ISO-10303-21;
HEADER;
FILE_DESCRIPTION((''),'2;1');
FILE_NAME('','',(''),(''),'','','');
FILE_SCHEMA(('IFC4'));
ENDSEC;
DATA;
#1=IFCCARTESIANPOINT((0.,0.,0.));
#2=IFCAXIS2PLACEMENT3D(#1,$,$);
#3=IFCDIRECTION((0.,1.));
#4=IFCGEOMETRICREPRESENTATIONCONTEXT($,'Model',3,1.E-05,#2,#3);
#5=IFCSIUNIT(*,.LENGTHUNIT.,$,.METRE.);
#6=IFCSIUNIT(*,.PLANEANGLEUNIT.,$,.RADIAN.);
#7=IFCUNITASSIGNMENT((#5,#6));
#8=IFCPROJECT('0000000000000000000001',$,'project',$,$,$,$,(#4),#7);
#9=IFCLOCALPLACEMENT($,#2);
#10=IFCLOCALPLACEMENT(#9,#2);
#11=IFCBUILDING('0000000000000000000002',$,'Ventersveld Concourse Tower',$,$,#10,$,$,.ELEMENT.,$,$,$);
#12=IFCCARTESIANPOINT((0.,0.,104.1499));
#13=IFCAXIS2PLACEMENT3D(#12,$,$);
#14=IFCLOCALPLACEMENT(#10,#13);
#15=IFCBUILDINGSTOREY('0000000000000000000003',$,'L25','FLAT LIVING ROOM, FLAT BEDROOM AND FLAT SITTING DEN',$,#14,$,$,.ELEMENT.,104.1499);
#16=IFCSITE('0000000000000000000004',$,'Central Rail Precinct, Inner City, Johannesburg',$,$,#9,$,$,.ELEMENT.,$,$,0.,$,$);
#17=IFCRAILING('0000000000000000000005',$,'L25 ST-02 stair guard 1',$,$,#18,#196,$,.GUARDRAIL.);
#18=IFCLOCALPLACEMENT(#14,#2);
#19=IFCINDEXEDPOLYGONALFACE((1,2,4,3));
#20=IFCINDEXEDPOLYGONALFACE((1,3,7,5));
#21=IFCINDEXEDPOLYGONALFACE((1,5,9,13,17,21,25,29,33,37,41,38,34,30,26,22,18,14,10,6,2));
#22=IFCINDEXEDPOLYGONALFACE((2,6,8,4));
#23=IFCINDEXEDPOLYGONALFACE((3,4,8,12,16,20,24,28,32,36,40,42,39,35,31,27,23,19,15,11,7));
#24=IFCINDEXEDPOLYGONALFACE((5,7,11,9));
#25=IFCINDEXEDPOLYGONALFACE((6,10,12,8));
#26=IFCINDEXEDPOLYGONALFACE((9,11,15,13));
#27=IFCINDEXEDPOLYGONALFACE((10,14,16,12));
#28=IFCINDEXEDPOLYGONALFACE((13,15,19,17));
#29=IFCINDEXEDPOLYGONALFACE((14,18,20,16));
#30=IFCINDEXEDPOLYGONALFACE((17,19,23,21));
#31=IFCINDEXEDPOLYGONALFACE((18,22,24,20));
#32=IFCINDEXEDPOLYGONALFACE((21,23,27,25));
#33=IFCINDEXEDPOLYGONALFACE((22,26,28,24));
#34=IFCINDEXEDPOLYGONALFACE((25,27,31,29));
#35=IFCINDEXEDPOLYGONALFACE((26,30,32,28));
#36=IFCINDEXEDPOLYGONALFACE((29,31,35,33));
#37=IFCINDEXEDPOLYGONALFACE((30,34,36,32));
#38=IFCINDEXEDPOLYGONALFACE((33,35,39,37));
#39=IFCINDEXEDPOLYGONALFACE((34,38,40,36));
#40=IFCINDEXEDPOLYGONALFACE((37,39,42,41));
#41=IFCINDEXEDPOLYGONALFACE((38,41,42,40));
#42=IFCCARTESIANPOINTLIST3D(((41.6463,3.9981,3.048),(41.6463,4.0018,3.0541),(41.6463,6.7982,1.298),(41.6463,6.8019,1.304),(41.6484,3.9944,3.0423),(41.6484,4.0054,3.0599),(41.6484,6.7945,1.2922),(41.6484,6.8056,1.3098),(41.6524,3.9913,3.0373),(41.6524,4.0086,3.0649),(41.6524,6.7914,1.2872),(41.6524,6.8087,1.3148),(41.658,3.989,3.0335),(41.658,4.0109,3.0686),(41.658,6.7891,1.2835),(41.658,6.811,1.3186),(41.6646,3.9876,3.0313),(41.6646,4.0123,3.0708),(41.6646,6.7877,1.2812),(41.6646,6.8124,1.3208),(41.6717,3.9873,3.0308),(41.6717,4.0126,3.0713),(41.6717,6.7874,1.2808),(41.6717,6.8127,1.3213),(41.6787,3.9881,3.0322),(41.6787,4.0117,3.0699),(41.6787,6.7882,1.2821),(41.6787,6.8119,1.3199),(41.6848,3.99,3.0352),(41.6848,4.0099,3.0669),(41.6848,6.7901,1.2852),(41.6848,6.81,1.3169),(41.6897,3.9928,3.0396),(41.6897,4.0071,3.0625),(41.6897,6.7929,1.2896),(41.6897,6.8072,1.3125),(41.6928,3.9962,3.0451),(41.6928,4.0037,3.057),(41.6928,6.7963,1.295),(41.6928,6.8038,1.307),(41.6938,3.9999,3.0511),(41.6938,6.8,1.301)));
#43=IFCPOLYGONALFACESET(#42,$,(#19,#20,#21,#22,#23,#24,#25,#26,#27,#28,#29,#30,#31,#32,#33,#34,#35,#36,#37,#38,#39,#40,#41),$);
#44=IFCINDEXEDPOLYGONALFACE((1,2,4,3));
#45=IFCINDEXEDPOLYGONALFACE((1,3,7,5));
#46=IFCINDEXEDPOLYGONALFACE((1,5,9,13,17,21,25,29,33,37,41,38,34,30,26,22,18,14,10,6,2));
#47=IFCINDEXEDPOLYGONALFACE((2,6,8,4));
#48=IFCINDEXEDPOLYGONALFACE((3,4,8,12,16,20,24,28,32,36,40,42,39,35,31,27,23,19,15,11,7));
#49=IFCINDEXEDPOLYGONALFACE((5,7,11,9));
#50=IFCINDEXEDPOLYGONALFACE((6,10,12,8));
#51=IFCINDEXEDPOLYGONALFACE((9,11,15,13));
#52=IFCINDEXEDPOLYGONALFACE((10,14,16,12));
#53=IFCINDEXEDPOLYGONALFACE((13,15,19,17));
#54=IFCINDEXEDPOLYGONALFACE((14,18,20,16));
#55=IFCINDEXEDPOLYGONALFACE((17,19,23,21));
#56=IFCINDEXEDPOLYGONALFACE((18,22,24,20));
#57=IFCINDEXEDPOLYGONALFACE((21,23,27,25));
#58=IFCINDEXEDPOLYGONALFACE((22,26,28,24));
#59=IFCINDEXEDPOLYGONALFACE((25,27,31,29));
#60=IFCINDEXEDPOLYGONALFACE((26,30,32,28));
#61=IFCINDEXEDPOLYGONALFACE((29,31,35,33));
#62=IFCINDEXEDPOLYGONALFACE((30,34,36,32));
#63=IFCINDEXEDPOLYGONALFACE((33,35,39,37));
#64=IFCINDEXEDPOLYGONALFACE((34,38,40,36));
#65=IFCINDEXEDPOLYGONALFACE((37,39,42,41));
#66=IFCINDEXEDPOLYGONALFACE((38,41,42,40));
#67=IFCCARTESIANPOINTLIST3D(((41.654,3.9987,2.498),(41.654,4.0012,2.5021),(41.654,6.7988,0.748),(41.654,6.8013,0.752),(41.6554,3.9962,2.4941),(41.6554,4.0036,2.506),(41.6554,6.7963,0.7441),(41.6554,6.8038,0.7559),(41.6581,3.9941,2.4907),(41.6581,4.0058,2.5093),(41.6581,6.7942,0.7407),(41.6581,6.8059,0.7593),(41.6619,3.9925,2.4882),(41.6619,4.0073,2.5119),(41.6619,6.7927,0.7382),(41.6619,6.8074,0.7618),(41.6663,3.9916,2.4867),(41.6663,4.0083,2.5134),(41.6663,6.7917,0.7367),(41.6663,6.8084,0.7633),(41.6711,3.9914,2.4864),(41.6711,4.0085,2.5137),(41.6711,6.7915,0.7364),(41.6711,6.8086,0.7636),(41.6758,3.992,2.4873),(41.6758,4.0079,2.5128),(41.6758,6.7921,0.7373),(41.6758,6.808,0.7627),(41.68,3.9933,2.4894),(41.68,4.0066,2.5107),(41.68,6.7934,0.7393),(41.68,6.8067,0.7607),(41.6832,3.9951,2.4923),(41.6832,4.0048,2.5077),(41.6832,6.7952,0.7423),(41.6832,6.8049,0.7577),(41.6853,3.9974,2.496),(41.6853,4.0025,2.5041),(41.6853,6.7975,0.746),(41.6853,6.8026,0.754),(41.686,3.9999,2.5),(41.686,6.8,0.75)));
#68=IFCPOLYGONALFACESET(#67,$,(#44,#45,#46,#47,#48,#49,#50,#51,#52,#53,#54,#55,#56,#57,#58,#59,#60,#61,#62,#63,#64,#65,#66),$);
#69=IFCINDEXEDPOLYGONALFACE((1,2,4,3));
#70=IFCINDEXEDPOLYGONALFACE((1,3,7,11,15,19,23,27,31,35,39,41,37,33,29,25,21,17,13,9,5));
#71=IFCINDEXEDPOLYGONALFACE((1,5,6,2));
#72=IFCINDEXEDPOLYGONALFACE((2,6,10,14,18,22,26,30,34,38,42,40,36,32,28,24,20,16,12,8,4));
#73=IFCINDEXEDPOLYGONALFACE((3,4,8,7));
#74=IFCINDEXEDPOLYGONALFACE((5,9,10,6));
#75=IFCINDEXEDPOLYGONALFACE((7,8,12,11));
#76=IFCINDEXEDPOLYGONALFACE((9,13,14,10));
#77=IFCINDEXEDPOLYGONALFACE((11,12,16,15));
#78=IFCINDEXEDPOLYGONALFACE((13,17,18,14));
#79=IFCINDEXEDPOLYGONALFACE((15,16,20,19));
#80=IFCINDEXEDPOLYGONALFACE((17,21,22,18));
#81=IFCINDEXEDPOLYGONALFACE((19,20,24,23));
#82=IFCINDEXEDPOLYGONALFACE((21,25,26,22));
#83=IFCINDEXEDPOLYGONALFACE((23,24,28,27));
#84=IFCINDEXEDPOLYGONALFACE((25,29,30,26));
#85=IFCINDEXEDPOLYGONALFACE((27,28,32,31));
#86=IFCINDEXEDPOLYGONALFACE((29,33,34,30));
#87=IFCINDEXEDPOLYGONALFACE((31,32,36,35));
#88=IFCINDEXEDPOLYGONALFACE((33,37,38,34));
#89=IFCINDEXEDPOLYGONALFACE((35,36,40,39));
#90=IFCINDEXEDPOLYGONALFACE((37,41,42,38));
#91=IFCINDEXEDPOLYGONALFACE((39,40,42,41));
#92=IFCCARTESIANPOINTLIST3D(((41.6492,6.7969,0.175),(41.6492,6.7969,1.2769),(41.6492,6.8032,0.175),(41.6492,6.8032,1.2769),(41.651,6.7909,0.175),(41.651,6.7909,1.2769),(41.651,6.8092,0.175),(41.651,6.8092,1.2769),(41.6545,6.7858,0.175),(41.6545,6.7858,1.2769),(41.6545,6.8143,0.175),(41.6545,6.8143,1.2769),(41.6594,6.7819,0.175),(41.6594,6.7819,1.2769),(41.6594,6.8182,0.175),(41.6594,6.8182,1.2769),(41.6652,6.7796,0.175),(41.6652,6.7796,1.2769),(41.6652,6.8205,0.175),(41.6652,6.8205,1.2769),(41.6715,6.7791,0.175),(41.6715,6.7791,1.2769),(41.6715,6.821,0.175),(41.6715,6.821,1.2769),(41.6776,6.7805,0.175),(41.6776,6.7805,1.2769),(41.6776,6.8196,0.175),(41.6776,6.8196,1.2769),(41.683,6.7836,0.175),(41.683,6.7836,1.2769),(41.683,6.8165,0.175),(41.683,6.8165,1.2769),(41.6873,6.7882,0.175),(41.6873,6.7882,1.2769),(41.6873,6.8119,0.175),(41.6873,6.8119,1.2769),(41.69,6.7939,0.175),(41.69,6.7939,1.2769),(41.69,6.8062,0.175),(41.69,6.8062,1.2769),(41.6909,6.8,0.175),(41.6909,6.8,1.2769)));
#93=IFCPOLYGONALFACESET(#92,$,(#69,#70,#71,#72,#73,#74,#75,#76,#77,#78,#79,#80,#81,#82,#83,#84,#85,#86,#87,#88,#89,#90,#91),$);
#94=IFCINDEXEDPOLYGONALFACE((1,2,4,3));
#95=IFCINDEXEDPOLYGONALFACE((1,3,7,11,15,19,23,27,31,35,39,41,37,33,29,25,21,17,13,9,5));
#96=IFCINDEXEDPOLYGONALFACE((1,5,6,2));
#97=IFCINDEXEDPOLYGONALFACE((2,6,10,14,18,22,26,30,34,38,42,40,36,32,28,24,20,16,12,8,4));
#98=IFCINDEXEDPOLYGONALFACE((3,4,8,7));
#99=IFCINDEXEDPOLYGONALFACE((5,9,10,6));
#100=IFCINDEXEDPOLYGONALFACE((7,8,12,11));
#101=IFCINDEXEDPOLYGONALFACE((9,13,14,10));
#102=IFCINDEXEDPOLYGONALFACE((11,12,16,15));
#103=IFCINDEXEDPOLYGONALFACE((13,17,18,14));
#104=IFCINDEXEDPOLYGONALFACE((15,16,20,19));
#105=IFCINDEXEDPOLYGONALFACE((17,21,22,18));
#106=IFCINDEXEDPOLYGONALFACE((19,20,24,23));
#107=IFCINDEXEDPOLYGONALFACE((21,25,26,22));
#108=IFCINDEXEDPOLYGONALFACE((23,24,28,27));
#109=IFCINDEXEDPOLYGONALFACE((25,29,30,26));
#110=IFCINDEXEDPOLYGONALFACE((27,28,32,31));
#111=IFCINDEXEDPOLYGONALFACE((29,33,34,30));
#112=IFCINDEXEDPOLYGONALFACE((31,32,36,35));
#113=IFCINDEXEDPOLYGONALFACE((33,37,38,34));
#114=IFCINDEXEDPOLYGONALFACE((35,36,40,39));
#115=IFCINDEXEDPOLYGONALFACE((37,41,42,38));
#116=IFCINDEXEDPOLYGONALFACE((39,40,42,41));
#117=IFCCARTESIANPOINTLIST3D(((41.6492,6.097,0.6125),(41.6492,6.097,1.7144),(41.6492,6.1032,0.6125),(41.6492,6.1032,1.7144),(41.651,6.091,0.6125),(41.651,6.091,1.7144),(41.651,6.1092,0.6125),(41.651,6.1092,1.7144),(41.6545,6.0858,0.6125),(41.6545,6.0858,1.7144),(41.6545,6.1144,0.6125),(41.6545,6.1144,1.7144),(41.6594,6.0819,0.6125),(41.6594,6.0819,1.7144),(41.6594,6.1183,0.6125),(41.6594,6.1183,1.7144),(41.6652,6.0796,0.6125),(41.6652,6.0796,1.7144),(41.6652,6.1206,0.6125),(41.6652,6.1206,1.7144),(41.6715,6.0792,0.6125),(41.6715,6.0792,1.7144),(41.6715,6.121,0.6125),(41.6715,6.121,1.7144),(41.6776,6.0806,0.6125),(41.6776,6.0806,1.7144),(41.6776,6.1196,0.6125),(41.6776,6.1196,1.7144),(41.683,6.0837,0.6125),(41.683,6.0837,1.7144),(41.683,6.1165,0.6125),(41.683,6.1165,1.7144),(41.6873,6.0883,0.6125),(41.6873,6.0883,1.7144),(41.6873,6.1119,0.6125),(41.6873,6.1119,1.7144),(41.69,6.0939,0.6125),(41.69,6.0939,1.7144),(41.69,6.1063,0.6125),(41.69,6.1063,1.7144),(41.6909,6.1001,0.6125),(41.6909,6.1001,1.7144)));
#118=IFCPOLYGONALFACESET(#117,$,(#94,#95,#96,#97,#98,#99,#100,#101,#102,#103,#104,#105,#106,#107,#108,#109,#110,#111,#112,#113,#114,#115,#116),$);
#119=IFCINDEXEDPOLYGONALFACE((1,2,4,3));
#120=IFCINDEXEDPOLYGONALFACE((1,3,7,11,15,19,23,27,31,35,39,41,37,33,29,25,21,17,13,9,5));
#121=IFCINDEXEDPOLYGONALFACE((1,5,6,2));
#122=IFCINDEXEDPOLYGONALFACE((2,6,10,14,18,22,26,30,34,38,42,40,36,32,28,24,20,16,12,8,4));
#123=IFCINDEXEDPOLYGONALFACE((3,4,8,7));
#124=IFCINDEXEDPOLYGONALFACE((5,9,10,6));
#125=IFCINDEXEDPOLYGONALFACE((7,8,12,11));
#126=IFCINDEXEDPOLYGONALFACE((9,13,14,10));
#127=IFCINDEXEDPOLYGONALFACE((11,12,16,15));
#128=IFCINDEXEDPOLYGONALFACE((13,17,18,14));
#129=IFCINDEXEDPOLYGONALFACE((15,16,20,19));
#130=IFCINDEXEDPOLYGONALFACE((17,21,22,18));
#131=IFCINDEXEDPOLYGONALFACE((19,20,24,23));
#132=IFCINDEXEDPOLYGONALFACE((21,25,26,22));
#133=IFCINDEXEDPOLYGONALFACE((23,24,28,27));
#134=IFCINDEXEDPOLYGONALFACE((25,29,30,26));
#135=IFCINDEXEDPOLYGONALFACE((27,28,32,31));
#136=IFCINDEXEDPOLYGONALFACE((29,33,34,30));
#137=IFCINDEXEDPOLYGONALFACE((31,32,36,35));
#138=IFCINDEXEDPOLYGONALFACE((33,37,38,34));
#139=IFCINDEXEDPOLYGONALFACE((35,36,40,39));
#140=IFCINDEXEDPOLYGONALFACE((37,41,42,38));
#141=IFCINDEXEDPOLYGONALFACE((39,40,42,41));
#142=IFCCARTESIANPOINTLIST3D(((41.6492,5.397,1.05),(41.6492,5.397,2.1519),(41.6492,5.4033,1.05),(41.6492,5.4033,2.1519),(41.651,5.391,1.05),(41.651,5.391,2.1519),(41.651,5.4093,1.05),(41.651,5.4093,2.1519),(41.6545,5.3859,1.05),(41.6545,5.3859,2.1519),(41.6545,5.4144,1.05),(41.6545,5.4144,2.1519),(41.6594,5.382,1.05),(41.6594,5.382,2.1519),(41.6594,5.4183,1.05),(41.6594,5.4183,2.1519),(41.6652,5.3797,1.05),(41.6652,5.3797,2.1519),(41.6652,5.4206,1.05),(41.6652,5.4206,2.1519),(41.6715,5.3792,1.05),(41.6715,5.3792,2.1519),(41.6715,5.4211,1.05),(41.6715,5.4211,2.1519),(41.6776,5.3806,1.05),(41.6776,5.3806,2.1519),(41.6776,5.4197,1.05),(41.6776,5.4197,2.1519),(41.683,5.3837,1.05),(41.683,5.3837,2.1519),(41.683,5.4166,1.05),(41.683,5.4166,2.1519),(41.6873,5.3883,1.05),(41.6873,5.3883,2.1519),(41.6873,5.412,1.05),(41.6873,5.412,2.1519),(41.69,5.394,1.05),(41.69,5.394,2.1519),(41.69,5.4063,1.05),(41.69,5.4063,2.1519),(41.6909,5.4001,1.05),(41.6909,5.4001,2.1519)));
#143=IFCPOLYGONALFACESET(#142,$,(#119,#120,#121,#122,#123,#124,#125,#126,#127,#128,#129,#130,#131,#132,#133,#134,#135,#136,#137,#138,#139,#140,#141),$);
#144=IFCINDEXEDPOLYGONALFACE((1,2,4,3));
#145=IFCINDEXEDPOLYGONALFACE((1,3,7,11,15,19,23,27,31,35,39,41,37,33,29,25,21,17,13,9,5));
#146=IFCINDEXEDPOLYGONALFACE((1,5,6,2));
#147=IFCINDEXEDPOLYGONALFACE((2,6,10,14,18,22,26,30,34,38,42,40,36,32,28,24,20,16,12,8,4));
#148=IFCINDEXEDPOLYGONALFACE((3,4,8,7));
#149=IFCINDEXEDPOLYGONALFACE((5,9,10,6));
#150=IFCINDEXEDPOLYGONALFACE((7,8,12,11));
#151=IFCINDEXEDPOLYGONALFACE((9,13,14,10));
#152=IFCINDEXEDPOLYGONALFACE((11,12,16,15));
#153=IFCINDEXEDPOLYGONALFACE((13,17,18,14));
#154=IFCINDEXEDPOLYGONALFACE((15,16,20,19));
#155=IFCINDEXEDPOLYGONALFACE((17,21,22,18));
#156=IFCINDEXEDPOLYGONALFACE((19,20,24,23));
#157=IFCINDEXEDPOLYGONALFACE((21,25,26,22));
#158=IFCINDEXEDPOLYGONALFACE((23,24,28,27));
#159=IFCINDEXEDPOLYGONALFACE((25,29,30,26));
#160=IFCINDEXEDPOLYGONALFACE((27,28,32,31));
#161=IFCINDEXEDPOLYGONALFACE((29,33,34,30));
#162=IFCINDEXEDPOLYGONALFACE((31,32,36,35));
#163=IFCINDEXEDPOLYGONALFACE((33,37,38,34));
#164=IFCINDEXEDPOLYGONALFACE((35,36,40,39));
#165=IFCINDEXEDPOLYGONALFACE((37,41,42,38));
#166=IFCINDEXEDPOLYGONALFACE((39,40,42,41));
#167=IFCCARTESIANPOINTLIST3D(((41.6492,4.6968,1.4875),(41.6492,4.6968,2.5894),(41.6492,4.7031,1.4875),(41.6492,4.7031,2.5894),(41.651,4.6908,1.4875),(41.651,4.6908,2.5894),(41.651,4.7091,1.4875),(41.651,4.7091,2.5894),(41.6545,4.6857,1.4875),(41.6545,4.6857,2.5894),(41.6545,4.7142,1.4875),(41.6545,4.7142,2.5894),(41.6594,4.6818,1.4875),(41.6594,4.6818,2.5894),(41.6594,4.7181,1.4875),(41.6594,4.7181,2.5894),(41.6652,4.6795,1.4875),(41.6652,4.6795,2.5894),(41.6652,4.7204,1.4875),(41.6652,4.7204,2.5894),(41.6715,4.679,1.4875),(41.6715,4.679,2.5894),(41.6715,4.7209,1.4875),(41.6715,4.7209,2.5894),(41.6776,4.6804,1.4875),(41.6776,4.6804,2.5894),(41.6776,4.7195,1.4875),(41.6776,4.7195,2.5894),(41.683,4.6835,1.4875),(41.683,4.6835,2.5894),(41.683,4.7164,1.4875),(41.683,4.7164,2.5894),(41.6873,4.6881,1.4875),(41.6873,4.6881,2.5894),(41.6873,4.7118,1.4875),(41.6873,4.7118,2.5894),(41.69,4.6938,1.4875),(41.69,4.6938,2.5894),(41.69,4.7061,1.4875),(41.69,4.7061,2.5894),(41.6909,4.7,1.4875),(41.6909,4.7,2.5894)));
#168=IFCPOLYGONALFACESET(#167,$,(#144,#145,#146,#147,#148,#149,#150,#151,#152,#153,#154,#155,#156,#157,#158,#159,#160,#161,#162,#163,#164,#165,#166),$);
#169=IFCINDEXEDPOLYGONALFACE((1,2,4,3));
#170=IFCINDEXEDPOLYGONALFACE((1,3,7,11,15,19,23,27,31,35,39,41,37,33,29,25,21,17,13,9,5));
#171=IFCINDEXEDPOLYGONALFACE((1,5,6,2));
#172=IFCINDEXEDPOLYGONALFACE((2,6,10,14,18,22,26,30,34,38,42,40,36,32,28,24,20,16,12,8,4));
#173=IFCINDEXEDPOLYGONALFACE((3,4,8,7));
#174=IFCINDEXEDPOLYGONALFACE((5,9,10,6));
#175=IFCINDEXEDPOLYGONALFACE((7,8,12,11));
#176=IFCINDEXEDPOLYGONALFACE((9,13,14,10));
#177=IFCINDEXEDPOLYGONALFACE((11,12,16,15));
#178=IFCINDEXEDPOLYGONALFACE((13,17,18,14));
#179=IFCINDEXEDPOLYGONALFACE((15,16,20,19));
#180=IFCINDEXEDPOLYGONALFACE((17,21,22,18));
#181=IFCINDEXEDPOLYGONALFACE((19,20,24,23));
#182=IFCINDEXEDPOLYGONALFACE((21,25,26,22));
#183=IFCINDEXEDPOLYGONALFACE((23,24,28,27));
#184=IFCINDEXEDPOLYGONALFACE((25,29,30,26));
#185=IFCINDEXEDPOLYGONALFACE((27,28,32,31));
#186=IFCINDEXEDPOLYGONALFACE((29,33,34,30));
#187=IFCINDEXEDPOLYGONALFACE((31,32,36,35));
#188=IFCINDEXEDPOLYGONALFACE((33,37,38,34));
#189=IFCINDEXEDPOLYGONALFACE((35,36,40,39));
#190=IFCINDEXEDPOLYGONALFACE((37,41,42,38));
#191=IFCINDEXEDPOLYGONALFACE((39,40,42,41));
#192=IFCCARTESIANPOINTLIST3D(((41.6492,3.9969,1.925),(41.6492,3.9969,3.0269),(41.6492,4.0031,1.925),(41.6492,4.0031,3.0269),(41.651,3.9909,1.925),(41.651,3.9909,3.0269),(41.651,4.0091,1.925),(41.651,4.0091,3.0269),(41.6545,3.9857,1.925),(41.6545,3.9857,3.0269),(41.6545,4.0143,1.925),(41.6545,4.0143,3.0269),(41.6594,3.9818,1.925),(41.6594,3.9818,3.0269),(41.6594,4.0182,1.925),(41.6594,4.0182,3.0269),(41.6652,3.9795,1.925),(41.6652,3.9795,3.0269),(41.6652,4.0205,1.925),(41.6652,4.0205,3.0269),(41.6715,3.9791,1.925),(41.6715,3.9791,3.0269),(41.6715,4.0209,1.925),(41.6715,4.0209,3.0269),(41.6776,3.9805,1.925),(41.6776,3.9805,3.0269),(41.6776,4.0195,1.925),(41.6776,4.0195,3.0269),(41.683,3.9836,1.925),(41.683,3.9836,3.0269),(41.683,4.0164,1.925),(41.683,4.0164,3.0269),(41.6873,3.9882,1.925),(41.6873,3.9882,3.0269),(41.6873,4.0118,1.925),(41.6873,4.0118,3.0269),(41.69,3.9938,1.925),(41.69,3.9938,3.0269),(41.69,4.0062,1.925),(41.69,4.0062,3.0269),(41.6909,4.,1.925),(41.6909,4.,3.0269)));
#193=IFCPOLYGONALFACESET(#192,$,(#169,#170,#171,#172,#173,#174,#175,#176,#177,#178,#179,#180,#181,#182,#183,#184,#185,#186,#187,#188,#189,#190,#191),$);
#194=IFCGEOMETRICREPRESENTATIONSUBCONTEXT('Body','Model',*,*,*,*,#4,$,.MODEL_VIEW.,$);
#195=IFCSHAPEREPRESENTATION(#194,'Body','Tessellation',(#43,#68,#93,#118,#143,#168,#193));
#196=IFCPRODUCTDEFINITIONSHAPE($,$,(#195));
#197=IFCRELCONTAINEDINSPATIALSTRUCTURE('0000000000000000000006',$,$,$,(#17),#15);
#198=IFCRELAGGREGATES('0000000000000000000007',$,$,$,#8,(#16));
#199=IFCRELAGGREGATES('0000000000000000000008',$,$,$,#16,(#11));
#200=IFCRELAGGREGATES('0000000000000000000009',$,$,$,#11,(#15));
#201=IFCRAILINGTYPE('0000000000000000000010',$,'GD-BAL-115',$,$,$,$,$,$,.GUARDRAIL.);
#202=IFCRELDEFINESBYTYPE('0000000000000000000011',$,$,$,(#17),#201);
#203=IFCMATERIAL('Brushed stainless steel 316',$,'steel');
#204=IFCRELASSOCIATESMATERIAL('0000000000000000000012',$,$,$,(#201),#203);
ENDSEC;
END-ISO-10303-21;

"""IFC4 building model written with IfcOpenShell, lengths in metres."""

from ifc_helpers import new_model, si_unit, direction, frame, origin, origin_2d, place, context, subcontext, project, spatial, circle, extrude, material, type_object, element, save


model = new_model("IFC4")

# Units and contexts
model_context = context("Model", 3, precision=1e-05, world=origin(), true_north=direction((0.0, 1.0)))
body_context = subcontext(model_context, "Body", "Model", "MODEL_VIEW")
ifc_project = project(units=[si_unit("LENGTHUNIT", "METRE"), si_unit("PLANEANGLEUNIT", "RADIAN")], contexts=[model_context])

# Site, building, storey
site_placement = place(None, origin())
site = spatial("IfcSite", under=ifc_project, at=site_placement, Name="Central Rail Precinct, Inner City, Johannesburg", CompositionType="ELEMENT", RefElevation=0.0)
building_placement = place(site_placement, origin())
building = spatial("IfcBuilding", under=site, at=building_placement, Name="Ventersveld Concourse Tower", CompositionType="ELEMENT")
storey_placement = place(building_placement, frame((0.0, 0.0, 104.1499)))
storey = spatial("IfcBuildingStorey", under=building, at=storey_placement, Name="L25", Description="FLAT LIVING ROOM, FLAT BEDROOM AND FLAT SITTING DEN", CompositionType="ELEMENT", Elevation=104.1499)

# Railing
ifc_material_1 = material(Name="Brushed stainless steel 316", Category="steel")
railing_type_1 = type_object("IfcRailingType", Name="GD-BAL-115", PredefinedType="GUARDRAIL", material=ifc_material_1)
railing_1_placement = place(storey_placement, frame((41.6699, 6.8, 0.175)))
element("IfcRailing", 1, at=railing_1_placement, inside=storey, type_object=railing_type_1, Name="L25 ST-02 stair guard 1", PredefinedType="GUARDRAIL", context=body_context, shape_type="SweptSolid", body=[
    extrude(circle(Radius=0.0239, at=origin_2d()), frame((0.0, 0.0, 1.126), z_axis=(0.0, -0.848002, 0.529992), x_axis=(1.0, 0.0, 0.0)), (0.0, 0.0, 1.0), 3.302),
    extrude(circle(Radius=0.0161, at=origin_2d()), frame((0.0, 0.0, 0.575), z_axis=(0.0, -0.848002, 0.529992), x_axis=(1.0, 0.0, 0.0)), (0.0, 0.0, 1.0), 3.302),
    extrude(circle(Radius=0.021, at=origin_2d()), origin(), (0.0, 0.0, 1.0), 1.1018),
    extrude(circle(Radius=0.021, at=origin_2d()), frame((0.0, -0.7, 0.4375)), (0.0, 0.0, 1.0), 1.1018),
    extrude(circle(Radius=0.021, at=origin_2d()), frame((0.0, -1.3999, 0.875)), (0.0, 0.0, 1.0), 1.1018),
    extrude(circle(Radius=0.021, at=origin_2d()), frame((0.0, -2.1001, 1.3125)), (0.0, 0.0, 1.0), 1.1018),
    extrude(circle(Radius=0.021, at=origin_2d()), frame((0.0, -2.8, 1.75)), (0.0, 0.0, 1.0), 1.1018),
])

save(model, "model.ifc")
